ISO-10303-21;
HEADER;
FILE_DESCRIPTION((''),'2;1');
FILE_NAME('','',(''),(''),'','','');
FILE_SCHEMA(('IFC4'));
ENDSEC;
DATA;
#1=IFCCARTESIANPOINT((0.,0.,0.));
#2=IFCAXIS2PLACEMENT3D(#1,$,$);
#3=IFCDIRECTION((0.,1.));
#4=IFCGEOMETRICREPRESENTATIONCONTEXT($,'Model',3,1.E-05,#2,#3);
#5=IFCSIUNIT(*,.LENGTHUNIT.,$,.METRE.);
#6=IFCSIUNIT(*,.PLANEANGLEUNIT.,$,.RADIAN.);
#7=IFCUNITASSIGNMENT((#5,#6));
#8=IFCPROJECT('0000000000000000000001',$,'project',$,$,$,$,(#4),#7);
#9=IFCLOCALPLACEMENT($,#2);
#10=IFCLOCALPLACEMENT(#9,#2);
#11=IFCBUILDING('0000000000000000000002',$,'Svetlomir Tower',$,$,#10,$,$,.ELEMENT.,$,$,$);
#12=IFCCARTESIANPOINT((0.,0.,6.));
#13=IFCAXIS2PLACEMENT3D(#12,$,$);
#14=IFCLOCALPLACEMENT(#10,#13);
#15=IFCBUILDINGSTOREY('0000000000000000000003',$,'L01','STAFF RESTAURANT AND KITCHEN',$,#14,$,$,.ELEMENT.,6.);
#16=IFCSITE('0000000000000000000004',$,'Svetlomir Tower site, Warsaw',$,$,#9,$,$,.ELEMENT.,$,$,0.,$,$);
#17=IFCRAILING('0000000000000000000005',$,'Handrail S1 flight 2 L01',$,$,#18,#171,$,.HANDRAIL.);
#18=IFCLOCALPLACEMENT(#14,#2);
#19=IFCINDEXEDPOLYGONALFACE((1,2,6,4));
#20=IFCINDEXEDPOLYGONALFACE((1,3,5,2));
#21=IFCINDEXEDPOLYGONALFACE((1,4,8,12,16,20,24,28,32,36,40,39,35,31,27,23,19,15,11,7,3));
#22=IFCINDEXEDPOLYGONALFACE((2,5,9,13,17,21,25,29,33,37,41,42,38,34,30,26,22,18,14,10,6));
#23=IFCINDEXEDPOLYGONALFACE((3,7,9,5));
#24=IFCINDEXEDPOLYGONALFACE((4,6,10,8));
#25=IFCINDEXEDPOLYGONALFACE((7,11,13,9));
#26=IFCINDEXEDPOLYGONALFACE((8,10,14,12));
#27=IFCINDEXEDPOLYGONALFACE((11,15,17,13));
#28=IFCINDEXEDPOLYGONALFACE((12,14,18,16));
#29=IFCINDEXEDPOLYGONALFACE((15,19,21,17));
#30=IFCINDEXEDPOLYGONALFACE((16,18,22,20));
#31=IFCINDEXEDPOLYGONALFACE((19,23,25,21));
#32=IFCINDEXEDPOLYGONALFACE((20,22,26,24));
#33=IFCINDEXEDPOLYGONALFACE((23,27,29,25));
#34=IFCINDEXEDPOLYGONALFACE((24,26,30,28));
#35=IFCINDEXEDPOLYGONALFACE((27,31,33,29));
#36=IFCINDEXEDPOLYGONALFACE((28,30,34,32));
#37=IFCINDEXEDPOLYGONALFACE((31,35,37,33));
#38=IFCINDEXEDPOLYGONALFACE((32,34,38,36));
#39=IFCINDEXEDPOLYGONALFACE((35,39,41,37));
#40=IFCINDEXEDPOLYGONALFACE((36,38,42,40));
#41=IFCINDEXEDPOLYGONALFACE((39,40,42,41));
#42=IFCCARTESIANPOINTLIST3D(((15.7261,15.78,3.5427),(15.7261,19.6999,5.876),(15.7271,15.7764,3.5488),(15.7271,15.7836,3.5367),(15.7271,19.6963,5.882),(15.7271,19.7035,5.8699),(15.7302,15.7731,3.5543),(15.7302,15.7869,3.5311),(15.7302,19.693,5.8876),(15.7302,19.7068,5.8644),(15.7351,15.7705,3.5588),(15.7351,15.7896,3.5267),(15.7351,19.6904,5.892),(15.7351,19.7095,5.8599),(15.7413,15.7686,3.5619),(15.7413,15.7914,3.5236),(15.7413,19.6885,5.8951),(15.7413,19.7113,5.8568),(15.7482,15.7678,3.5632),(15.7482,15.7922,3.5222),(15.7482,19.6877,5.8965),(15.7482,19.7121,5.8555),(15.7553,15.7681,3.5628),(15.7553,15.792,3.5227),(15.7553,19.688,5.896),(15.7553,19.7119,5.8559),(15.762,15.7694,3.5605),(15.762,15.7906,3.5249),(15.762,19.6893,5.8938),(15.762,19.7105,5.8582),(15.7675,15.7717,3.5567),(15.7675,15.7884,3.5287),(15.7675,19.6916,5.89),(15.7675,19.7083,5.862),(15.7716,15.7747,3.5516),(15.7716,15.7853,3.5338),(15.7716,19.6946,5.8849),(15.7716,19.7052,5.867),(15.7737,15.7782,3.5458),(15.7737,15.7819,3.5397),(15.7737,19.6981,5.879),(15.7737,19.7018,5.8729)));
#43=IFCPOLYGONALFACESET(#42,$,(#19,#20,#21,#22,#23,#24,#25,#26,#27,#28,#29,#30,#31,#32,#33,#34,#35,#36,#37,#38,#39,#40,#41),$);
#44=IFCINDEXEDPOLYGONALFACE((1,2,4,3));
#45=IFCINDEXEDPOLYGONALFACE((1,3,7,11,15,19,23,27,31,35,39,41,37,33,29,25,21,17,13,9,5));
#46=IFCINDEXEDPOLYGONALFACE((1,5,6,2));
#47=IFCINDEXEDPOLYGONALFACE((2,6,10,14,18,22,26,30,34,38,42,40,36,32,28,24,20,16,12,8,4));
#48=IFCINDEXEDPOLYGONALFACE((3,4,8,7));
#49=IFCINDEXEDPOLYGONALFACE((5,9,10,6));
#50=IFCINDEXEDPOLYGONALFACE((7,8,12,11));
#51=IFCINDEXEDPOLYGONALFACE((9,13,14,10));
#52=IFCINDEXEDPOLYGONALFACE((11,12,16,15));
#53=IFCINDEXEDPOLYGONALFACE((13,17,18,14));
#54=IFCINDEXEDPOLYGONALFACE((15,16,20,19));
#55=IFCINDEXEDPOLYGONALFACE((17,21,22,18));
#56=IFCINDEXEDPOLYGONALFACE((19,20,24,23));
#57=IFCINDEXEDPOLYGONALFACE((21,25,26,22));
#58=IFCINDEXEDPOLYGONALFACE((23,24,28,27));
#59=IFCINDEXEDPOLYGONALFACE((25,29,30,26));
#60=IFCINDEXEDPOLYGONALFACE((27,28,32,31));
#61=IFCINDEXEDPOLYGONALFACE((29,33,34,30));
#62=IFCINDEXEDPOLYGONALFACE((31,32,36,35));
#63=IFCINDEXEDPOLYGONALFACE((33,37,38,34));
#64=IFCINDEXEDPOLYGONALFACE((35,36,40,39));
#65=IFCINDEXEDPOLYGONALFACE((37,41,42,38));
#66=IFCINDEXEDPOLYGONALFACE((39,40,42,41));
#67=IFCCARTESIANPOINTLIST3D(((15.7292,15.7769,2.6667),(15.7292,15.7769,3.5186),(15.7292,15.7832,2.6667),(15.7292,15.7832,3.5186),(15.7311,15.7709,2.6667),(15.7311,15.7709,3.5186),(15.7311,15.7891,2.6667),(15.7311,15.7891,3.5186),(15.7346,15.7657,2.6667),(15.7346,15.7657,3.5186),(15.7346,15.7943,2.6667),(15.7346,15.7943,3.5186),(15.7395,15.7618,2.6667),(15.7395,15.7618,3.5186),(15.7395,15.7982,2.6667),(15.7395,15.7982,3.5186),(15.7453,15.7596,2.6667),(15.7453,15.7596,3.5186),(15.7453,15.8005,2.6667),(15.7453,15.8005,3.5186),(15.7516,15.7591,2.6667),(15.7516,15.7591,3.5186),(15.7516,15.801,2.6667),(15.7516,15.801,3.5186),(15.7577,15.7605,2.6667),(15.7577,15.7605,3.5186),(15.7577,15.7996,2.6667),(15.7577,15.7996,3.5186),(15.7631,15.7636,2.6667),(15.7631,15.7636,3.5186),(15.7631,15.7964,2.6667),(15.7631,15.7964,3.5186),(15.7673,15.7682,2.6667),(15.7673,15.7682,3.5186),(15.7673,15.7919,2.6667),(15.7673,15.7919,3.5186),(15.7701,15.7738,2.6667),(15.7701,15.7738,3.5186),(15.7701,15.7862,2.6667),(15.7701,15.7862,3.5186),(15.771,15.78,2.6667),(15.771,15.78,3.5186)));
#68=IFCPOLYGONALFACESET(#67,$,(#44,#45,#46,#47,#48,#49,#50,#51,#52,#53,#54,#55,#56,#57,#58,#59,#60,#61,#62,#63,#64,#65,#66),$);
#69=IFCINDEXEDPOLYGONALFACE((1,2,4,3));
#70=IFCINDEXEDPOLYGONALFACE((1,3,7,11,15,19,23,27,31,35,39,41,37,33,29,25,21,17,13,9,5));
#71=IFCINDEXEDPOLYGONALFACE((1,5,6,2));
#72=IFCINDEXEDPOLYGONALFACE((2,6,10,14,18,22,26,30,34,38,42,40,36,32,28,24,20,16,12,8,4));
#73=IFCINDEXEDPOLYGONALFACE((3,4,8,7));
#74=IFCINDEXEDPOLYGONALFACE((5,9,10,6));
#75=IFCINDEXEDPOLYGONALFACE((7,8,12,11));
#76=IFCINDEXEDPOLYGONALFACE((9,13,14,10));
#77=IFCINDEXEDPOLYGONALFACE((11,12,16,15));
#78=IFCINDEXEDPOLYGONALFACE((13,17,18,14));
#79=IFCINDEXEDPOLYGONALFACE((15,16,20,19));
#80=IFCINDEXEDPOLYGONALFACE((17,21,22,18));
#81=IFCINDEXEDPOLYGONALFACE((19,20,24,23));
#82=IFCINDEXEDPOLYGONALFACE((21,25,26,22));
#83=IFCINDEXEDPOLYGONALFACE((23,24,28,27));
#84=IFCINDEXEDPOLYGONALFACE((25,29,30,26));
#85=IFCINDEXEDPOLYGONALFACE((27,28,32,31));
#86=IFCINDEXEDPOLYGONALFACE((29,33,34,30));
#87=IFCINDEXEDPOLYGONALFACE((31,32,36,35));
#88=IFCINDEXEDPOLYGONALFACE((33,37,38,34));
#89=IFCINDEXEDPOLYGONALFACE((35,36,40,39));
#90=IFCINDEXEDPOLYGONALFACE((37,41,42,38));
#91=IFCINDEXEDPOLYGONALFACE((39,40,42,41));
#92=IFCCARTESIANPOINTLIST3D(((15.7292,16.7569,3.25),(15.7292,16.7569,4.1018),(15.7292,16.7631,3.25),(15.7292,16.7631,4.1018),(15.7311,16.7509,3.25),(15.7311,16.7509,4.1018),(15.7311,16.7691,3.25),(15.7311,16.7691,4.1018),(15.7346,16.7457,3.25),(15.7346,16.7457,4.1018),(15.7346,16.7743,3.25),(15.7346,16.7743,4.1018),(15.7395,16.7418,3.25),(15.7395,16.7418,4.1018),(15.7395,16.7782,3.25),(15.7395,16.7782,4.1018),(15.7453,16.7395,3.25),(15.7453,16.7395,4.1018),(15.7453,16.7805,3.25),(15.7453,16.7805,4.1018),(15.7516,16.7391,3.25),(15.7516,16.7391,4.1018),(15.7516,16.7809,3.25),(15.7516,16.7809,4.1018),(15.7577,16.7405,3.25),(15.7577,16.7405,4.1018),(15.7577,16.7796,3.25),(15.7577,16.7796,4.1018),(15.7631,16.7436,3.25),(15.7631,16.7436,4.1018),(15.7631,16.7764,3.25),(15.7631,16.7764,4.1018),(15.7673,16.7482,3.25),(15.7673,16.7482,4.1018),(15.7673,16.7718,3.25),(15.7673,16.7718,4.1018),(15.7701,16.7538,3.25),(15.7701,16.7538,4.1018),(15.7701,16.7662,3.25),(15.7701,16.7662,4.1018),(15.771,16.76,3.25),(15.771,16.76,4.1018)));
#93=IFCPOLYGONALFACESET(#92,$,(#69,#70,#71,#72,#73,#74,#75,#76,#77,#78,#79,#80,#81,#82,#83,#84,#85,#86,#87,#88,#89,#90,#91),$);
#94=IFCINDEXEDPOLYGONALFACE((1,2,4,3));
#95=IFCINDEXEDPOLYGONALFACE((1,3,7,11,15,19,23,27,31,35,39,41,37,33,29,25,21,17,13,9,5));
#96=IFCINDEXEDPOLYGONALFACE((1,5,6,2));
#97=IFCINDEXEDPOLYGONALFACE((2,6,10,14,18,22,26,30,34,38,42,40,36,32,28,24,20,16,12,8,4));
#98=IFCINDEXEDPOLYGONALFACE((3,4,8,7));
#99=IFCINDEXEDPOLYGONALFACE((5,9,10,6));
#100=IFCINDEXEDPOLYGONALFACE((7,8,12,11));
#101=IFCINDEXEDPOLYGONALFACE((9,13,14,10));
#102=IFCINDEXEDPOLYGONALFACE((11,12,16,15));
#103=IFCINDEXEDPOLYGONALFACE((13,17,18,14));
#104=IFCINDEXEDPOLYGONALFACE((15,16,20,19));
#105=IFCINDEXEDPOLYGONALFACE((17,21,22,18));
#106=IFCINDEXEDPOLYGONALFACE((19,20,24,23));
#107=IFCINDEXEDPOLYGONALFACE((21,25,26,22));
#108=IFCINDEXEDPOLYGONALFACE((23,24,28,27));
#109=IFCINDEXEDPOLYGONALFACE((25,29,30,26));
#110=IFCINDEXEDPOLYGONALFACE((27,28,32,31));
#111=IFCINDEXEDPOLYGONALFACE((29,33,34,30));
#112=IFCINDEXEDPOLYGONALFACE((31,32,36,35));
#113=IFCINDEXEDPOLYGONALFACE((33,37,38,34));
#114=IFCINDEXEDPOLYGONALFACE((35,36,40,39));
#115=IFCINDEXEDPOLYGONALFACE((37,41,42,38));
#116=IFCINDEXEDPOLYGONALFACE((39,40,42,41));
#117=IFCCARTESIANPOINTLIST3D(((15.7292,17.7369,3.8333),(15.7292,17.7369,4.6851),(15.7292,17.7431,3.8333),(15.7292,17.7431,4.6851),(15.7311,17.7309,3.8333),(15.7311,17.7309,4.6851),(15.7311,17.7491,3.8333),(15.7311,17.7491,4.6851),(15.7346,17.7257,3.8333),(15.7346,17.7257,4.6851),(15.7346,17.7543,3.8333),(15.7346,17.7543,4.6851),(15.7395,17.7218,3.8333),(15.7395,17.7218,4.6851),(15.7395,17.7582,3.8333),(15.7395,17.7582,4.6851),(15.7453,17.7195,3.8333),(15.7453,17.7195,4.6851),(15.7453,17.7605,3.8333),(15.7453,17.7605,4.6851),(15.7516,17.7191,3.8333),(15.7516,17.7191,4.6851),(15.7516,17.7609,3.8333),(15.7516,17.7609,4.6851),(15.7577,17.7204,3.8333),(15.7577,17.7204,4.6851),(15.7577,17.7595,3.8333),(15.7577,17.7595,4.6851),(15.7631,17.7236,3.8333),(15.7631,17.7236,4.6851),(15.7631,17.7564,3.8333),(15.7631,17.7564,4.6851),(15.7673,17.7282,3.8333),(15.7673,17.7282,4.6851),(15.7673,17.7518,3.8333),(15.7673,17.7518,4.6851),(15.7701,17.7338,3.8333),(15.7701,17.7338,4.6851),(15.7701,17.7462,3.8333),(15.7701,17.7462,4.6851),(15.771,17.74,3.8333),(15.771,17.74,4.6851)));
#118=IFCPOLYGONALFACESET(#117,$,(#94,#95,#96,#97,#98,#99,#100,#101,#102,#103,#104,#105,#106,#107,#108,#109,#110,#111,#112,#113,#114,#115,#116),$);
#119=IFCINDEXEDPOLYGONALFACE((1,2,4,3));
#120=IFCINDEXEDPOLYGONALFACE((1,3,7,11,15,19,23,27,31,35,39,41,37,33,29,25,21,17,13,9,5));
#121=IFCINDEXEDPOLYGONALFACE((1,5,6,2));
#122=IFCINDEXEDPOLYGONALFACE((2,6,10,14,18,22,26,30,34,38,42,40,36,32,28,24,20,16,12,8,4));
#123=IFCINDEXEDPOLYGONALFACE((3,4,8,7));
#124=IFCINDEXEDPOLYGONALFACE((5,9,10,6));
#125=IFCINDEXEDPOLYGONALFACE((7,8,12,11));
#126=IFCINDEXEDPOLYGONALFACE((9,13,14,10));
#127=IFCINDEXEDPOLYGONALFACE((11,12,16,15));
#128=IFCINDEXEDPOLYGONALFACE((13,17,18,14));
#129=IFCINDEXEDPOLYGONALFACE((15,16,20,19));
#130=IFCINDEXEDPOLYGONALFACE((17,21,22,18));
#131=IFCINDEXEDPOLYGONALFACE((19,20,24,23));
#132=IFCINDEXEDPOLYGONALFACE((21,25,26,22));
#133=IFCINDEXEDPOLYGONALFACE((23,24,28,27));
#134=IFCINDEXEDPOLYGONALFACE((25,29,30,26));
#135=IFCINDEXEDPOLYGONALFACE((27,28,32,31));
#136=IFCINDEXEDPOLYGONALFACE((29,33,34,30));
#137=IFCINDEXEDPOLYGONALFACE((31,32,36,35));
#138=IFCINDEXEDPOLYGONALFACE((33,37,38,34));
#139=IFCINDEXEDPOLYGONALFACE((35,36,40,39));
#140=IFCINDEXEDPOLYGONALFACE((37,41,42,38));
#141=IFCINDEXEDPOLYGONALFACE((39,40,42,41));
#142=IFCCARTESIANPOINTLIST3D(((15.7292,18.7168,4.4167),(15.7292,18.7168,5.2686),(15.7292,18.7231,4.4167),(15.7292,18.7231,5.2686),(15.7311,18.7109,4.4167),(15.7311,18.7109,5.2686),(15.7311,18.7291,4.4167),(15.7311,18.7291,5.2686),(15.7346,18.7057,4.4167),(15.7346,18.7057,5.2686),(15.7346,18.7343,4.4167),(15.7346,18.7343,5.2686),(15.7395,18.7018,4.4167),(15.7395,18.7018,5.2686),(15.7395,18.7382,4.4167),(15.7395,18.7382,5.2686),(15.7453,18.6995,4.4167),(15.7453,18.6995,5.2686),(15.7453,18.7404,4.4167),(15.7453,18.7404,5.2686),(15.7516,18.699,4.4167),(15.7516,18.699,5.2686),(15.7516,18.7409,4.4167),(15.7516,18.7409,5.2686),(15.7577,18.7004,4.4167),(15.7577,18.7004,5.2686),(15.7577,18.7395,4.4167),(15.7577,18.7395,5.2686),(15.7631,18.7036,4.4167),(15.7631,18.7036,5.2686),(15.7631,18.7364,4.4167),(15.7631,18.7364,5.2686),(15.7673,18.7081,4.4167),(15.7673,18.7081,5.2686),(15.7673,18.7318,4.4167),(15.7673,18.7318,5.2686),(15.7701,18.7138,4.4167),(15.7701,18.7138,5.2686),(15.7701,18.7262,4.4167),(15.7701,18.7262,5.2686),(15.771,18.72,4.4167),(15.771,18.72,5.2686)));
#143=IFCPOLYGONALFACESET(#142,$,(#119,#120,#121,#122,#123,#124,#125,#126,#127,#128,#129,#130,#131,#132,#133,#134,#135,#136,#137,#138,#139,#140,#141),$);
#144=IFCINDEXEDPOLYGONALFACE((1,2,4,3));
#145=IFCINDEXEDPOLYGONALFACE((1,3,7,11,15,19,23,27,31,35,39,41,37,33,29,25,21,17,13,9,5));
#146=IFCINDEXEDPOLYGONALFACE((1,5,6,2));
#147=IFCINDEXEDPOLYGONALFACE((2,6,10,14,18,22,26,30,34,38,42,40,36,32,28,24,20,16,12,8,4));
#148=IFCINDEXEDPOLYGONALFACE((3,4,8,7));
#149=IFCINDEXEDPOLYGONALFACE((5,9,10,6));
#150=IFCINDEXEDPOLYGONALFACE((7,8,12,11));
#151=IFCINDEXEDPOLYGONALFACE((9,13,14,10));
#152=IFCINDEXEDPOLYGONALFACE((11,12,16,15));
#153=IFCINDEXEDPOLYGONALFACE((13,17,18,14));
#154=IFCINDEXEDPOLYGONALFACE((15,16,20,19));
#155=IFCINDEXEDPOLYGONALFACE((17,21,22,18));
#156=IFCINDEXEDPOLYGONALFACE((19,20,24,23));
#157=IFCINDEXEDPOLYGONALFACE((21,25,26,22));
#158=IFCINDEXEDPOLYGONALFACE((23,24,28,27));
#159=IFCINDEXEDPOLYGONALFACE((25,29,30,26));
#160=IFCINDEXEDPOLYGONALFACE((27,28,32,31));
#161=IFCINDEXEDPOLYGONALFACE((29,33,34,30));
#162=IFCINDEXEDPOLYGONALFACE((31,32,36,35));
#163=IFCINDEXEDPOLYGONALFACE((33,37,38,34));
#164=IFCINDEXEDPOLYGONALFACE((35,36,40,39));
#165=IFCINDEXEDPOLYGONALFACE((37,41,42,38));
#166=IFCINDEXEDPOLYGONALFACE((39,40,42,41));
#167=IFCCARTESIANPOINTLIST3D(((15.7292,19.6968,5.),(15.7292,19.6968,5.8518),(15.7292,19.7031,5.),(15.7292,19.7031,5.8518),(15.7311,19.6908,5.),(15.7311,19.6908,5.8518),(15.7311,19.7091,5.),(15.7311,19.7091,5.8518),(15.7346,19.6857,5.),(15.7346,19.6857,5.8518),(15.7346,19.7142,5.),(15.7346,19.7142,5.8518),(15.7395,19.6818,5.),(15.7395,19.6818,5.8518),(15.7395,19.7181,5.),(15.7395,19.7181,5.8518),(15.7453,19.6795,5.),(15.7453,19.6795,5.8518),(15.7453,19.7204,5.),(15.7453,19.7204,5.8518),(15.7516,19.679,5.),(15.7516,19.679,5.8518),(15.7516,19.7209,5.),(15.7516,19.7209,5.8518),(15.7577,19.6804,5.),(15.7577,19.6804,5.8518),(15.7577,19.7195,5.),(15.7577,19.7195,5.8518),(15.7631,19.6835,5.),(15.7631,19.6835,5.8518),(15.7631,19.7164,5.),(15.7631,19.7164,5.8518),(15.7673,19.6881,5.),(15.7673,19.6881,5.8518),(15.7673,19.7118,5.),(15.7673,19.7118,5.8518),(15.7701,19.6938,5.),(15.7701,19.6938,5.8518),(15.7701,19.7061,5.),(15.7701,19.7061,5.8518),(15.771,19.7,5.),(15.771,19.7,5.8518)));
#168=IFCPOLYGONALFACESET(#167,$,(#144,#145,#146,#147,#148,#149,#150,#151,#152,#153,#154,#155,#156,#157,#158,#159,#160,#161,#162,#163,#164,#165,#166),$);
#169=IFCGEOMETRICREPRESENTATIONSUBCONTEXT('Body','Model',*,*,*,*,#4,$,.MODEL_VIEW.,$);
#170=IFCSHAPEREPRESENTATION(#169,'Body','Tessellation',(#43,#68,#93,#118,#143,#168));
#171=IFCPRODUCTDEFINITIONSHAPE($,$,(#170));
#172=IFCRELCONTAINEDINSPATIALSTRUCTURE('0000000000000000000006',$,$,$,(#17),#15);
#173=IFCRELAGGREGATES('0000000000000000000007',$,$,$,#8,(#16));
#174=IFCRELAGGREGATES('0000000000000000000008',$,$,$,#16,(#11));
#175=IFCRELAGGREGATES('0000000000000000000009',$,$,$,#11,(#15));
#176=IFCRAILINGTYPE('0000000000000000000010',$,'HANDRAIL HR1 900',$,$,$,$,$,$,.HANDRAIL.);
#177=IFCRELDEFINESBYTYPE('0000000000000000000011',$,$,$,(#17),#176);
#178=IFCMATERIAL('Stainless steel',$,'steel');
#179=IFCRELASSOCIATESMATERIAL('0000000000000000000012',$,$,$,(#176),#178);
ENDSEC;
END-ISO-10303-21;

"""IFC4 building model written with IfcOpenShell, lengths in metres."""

from ifc_helpers import new_model, si_unit, direction, frame, origin, origin_2d, place, context, subcontext, project, spatial, circle, extrude, material, type_object, element, save


model = new_model("IFC4")

# Units and contexts
model_context = context("Model", 3, precision=1e-05, world=origin(), true_north=direction((0.0, 1.0)))
body_context = subcontext(model_context, "Body", "Model", "MODEL_VIEW")
ifc_project = project(units=[si_unit("LENGTHUNIT", "METRE"), si_unit("PLANEANGLEUNIT", "RADIAN")], contexts=[model_context])

# Site, building, storey
site_placement = place(None, origin())
site = spatial("IfcSite", under=ifc_project, at=site_placement, Name="Svetlomir Tower site, Warsaw", CompositionType="ELEMENT", RefElevation=0.0)
building_placement = place(site_placement, origin())
building = spatial("IfcBuilding", under=site, at=building_placement, Name="Svetlomir Tower", CompositionType="ELEMENT")
storey_placement = place(building_placement, frame((0.0, 0.0, 6.0)))
storey = spatial("IfcBuildingStorey", under=building, at=storey_placement, Name="L01", Description="STAFF RESTAURANT AND KITCHEN", CompositionType="ELEMENT", Elevation=6.0)

# Railing
ifc_material_1 = material(Name="Stainless steel", Category="steel")
railing_type_1 = type_object("IfcRailingType", Name="HANDRAIL HR1 900", PredefinedType="HANDRAIL", material=ifc_material_1)
railing_1_placement = place(storey_placement, frame((15.75, 15.78, 2.6667)))
element("IfcRailing", 1, at=railing_1_placement, inside=storey, type_object=railing_type_1, Name="Handrail S1 flight 2 L01", PredefinedType="HANDRAIL", context=body_context, shape_type="SweptSolid", body=[
    extrude(circle(Radius=0.0239, at=origin_2d()), frame((0.0, 0.0, 0.876), z_axis=(0.0, 0.859296, 0.511478), x_axis=(-1.0, 0.0, 0.0)), (0.0, 0.0, 1.0), 4.5618),
    extrude(circle(Radius=0.021, at=origin_2d()), origin(), (0.0, 0.0, 1.0), 0.8518),
    extrude(circle(Radius=0.021, at=origin_2d()), frame((0.0, 0.98, 0.5833)), (0.0, 0.0, 1.0), 0.8518),
    extrude(circle(Radius=0.021, at=origin_2d()), frame((0.0, 1.96, 1.1665)), (0.0, 0.0, 1.0), 0.8518),
    extrude(circle(Radius=0.021, at=origin_2d()), frame((0.0, 2.9399, 1.75)), (0.0, 0.0, 1.0), 0.8518),
    extrude(circle(Radius=0.021, at=origin_2d()), frame((0.0, 3.9199, 2.3333)), (0.0, 0.0, 1.0), 0.8518),
])

save(model, "model.ifc")
